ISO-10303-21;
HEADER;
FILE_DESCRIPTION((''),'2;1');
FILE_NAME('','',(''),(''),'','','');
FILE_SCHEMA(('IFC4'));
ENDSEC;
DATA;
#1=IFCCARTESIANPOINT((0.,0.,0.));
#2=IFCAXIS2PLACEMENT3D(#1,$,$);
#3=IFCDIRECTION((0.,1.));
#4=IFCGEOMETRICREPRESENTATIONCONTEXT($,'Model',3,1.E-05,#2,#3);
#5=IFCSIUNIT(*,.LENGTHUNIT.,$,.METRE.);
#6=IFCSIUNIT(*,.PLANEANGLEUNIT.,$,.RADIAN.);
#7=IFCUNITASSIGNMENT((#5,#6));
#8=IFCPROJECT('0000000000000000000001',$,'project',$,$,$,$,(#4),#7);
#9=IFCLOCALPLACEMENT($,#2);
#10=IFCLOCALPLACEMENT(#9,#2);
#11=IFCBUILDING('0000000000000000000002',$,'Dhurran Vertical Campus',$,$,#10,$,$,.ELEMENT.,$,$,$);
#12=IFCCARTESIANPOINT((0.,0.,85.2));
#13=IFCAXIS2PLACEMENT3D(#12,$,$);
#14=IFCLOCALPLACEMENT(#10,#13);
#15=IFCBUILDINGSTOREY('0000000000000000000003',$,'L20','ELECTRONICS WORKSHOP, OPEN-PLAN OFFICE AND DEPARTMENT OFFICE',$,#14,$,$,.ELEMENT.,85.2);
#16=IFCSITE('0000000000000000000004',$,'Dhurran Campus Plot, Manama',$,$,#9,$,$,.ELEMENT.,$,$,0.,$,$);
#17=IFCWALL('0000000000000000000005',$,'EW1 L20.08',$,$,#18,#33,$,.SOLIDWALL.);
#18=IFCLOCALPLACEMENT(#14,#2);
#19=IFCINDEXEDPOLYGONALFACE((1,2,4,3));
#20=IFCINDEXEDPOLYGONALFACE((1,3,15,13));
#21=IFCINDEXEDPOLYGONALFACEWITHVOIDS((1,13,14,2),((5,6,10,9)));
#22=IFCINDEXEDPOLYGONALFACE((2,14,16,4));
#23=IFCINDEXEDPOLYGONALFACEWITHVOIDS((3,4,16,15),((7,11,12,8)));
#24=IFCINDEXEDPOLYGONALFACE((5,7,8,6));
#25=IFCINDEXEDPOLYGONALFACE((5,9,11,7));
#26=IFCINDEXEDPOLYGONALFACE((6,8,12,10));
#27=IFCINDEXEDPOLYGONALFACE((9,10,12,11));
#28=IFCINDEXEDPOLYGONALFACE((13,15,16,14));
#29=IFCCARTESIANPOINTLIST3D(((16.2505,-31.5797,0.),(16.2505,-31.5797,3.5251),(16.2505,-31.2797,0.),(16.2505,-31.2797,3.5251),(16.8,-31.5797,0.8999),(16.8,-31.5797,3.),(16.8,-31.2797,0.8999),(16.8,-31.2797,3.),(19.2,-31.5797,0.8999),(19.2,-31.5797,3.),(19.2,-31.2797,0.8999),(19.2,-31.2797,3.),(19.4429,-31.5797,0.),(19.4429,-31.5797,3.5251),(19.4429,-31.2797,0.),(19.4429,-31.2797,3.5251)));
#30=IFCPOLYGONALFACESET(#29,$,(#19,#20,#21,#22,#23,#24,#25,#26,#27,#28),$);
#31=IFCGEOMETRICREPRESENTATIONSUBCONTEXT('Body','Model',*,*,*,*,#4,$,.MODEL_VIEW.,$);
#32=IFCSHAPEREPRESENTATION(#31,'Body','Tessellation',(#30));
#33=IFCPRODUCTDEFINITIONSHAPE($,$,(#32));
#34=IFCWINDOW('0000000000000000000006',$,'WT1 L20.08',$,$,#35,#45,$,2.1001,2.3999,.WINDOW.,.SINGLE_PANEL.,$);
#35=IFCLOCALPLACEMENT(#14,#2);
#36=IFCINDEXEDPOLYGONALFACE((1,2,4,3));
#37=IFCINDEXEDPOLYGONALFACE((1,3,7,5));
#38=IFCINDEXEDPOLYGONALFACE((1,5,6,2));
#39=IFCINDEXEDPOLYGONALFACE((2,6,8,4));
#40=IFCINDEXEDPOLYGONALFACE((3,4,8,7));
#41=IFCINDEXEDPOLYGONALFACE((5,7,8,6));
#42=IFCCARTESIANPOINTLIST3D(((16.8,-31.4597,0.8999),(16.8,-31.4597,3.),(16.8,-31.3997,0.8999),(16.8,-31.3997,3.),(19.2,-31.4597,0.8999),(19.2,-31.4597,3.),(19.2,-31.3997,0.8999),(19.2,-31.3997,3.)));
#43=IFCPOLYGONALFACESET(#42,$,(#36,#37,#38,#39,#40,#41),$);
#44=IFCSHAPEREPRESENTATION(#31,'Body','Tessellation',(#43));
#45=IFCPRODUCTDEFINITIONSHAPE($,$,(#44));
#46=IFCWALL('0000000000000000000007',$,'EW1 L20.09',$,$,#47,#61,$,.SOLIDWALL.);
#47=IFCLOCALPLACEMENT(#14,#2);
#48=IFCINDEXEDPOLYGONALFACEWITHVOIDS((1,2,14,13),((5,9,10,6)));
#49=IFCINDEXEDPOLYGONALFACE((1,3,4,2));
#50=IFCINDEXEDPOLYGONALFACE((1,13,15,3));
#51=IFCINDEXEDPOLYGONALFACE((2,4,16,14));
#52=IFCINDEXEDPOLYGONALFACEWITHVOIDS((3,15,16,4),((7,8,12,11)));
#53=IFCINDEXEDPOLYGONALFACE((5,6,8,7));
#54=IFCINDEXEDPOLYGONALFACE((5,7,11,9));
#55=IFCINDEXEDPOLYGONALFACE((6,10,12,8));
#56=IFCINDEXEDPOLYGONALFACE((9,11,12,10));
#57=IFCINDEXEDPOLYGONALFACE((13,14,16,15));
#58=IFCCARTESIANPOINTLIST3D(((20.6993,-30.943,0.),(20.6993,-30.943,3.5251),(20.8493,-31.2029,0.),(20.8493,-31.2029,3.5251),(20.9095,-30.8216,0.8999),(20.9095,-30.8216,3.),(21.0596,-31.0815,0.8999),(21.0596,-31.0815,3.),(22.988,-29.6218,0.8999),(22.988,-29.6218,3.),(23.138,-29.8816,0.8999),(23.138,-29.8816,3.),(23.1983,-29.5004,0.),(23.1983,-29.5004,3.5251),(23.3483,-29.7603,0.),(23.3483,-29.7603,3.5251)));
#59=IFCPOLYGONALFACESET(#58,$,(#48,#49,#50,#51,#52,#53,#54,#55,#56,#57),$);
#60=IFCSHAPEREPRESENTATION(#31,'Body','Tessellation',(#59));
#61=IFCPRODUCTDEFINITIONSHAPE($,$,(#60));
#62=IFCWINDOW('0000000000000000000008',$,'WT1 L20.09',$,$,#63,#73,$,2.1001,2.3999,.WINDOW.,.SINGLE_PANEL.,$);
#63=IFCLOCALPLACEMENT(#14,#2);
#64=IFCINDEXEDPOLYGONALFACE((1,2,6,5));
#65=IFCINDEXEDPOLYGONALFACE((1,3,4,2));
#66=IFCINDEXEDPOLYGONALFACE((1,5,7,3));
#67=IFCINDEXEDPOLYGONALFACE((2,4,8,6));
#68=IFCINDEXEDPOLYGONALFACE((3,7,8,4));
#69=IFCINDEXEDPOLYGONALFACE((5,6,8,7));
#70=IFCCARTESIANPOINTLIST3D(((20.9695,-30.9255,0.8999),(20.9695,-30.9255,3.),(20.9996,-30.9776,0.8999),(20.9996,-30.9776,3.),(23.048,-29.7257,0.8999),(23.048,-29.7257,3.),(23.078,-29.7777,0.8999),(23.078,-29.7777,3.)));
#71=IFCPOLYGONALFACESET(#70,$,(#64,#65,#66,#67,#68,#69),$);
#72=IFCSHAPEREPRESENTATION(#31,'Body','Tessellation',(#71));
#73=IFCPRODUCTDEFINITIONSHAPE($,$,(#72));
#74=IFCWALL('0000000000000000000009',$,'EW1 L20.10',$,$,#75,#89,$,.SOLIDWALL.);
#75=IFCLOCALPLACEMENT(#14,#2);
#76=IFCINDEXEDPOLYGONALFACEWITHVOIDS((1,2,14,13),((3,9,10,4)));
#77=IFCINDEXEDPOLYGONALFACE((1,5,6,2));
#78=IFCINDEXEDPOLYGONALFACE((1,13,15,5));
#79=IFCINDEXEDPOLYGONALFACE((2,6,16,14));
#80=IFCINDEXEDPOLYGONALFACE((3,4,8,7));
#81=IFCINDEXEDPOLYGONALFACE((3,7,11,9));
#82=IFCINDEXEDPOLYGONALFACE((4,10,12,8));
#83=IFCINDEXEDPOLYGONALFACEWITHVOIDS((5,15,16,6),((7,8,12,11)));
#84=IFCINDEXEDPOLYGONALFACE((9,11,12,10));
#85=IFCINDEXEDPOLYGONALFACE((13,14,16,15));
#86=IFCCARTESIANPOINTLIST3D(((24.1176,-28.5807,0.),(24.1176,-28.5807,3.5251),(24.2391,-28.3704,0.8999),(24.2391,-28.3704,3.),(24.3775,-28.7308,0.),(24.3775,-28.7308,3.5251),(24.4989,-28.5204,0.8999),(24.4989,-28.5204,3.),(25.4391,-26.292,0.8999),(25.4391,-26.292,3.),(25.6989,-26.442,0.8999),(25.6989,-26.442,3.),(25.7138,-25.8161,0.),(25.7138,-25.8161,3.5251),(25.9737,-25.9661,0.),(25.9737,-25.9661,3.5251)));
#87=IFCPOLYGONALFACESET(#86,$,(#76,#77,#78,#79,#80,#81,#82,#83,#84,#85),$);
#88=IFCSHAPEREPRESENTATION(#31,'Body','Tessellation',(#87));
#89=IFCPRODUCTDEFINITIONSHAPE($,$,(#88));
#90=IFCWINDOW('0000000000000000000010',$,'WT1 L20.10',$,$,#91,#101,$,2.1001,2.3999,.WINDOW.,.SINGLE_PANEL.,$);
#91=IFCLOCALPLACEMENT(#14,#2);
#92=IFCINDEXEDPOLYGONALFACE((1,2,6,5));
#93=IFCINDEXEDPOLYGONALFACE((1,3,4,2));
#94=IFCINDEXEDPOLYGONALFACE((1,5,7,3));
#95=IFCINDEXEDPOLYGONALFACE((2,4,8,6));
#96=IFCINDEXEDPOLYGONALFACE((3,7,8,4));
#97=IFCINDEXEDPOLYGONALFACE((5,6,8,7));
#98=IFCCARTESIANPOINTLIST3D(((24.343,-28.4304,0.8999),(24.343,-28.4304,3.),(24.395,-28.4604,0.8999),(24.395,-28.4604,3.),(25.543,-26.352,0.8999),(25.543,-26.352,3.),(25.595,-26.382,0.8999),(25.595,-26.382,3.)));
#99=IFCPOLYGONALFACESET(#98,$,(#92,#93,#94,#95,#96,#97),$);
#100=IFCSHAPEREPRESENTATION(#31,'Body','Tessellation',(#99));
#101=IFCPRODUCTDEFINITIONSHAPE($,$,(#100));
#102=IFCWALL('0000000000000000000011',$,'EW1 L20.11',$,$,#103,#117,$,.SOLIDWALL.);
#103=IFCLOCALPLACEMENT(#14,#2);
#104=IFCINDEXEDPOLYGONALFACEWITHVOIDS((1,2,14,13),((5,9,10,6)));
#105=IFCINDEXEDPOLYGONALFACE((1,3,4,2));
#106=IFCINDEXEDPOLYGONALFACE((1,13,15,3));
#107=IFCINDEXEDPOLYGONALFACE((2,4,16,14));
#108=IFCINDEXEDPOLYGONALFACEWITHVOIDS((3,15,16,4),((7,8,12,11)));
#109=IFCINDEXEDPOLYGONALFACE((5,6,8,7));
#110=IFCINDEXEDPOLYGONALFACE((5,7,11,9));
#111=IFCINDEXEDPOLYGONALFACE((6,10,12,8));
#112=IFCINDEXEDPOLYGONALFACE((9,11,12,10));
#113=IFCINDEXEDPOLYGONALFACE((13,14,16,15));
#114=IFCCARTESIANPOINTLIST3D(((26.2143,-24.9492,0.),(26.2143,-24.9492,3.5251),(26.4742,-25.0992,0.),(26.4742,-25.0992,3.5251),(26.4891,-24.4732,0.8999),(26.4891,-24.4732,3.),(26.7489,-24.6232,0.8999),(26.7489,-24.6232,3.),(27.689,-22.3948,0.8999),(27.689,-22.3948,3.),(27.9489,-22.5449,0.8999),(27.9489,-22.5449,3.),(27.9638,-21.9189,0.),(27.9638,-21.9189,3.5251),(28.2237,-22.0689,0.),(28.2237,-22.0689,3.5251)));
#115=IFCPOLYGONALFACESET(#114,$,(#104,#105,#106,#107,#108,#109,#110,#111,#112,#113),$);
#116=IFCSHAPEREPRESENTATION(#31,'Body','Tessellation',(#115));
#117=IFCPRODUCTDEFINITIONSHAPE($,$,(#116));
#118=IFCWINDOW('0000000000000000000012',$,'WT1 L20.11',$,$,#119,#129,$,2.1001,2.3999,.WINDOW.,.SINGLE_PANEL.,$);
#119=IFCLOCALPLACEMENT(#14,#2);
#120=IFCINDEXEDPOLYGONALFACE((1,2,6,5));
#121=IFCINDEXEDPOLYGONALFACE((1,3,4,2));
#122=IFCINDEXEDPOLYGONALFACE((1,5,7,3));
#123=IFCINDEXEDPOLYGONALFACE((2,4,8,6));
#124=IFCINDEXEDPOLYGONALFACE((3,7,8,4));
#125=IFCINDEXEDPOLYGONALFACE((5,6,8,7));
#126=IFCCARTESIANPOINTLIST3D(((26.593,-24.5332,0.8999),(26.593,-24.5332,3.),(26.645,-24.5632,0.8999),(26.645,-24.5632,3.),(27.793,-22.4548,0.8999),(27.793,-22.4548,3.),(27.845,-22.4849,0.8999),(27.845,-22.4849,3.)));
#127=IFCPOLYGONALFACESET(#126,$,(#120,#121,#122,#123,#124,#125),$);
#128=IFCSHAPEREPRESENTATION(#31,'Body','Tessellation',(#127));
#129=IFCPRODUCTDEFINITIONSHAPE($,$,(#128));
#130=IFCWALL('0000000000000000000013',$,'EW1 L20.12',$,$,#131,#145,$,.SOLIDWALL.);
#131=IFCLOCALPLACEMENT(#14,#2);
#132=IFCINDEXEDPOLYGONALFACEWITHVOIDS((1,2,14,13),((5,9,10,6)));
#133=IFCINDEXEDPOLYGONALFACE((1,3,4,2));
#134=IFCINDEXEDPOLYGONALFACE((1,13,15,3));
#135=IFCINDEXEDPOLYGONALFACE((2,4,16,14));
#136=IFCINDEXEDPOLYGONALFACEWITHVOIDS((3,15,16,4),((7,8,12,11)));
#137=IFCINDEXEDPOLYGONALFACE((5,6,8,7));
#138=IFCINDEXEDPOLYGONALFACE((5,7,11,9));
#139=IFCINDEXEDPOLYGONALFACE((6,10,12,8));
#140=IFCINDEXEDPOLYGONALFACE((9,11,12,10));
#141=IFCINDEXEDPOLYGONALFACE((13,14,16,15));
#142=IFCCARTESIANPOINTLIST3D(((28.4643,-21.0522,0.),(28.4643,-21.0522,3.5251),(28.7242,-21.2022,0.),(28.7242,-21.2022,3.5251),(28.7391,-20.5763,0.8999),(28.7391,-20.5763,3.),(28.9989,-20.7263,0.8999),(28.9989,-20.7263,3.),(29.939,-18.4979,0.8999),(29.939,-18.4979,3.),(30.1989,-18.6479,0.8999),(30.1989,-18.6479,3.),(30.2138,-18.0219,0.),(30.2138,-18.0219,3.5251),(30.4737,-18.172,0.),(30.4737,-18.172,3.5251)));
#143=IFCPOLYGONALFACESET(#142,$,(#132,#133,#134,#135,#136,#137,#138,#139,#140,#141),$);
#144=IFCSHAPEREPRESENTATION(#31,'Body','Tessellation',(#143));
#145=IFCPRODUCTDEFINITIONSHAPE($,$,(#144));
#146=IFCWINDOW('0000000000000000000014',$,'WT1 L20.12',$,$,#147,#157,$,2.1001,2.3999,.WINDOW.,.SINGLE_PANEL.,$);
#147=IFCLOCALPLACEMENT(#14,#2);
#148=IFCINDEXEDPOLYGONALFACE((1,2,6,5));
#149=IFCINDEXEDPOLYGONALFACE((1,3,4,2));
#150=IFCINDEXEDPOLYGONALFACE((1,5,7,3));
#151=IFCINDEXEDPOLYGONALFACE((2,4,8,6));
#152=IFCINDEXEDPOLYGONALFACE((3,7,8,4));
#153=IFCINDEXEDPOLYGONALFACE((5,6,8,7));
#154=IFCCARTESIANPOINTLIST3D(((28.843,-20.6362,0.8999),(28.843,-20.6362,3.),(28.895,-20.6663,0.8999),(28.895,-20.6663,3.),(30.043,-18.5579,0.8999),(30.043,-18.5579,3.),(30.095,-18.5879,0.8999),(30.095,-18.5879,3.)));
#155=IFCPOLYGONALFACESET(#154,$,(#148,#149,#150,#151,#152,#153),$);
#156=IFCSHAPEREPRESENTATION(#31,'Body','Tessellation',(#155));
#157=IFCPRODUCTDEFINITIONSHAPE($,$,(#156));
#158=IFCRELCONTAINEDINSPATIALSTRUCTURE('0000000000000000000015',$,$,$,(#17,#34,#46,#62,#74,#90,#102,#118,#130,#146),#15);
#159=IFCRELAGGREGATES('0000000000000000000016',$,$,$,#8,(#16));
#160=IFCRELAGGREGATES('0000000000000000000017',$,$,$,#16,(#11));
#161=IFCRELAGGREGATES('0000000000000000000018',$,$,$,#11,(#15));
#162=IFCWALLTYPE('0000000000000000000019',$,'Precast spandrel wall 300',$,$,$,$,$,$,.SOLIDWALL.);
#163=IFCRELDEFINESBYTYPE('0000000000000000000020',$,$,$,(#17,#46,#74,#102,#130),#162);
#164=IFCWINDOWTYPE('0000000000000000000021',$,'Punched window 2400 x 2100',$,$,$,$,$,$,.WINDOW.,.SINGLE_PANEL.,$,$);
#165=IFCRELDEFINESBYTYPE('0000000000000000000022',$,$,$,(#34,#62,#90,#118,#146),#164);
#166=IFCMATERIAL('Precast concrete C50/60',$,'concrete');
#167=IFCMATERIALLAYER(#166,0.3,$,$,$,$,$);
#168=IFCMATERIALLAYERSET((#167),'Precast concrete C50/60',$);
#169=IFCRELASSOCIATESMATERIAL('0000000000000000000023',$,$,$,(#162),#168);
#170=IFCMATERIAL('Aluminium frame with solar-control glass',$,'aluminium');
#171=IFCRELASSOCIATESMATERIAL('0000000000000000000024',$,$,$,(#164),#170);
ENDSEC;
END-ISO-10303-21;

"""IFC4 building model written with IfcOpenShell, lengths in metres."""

from ifc_helpers import new_model, si_unit, direction, frame, frame_2d, origin, place, context, subcontext, project, spatial, rectangle, extrude, material, layer, layer_set, type_object, element, fill, save


model = new_model("IFC4")

# Units and contexts
model_context = context("Model", 3, precision=1e-05, world=origin(), true_north=direction((0.0, 1.0)))
body_context = subcontext(model_context, "Body", "Model", "MODEL_VIEW")
ifc_project = project(units=[si_unit("LENGTHUNIT", "METRE"), si_unit("PLANEANGLEUNIT", "RADIAN")], contexts=[model_context])

# Site, building, storey
site_placement = place(None, origin())
site = spatial("IfcSite", under=ifc_project, at=site_placement, Name="Dhurran Campus Plot, Manama", CompositionType="ELEMENT", RefElevation=0.0)
building_placement = place(site_placement, origin())
building = spatial("IfcBuilding", under=site, at=building_placement, Name="Dhurran Vertical Campus", CompositionType="ELEMENT")
storey_placement = place(building_placement, frame((0.0, 0.0, 85.2)))
storey = spatial("IfcBuildingStorey", under=building, at=storey_placement, Name="L20", Description="ELECTRONICS WORKSHOP, OPEN-PLAN OFFICE AND DEPARTMENT OFFICE", CompositionType="ELEMENT", Elevation=85.2)

# Walls, openings, windows
ifc_material_1 = material(Name="Precast concrete C50/60", Category="concrete")
ifc_layer_1 = layer(ifc_material_1, 0.3)
ifc_layer_set_1 = layer_set([ifc_layer_1], Name="Precast concrete C50/60")
wall_type_1 = type_object("IfcWallType", Name="Precast spandrel wall 300", PredefinedType="SOLIDWALL", material=ifc_layer_set_1)
wall_1_placement = place(storey_placement, frame((16.2505, -31.4297, 0.0), z_axis=(0.0, 0.0, 1.0), x_axis=(1.0, 0.0, 0.0)))
wall_1 = element("IfcWall", 1, at=wall_1_placement, inside=storey, type_object=wall_type_1, Name="EW1 L20.08", PredefinedType="SOLIDWALL", context=body_context, shape_type="SweptSolid", body=[
    extrude(rectangle(XDim=3.1924, YDim=0.3, at=frame_2d((1.5962, 0.0))), origin(), (0.0, 0.0, 1.0), 3.5251),
])
opening_1_placement = place(wall_1_placement, frame((0.5496, 0.0, 0.8999)))
opening_1 = element("IfcOpeningElement", 2, at=opening_1_placement, cuts=wall_1, PredefinedType="OPENING", context=body_context, shape_type="SweptSolid", body=[
    extrude(rectangle(XDim=2.3999, YDim=2.1001, at=frame_2d((1.2, 1.05))), frame((0.0, 0.1599, 0.0), z_axis=(0.0, -1.0, 0.0), x_axis=(1.0, 0.0, 0.0)), (0.0, 0.0, 1.0), 0.3201),
])
ifc_material_2 = material(Name="Aluminium frame with solar-control glass", Category="aluminium")
window_type = type_object("IfcWindowType", Name="Punched window 2400 x 2100", PartitioningType="SINGLE_PANEL", PredefinedType="WINDOW", material=ifc_material_2)
window_1_placement = place(opening_1_placement, origin())
window_1 = element("IfcWindow", 3, at=window_1_placement, inside=storey, type_object=window_type, Name="WT1 L20.08", OverallHeight=2.1001, OverallWidth=2.3999, PartitioningType="SINGLE_PANEL", PredefinedType="WINDOW", context=body_context, shape_type="SweptSolid", body=[
    extrude(rectangle(XDim=2.3999, YDim=2.1001, at=frame_2d((1.2, 1.05))), frame((0.0, 0.03, 0.0), z_axis=(0.0, -1.0, 0.0), x_axis=(1.0, 0.0, 0.0)), (0.0, 0.0, 1.0), 0.0601),
])
fill(opening_1, window_1)
wall_2_placement = place(storey_placement, frame((20.7742, -31.073, 0.0), z_axis=(0.0, 0.0, 1.0), x_axis=(0.866053, 0.499952, 0.0)))
wall_2 = element("IfcWall", 4, at=wall_2_placement, inside=storey, type_object=wall_type_1, Name="EW1 L20.09", PredefinedType="SOLIDWALL", context=body_context, shape_type="SweptSolid", body=[
    extrude(rectangle(XDim=2.8855, YDim=0.3, at=frame_2d((1.4429, 0.0))), origin(), (0.0, 0.0, 1.0), 3.5251),
])
opening_2_placement = place(wall_2_placement, frame((0.2429, 0.0, 0.8999)))
opening_2 = element("IfcOpeningElement", 5, at=opening_2_placement, cuts=wall_2, PredefinedType="OPENING", context=body_context, shape_type="SweptSolid", body=[
    extrude(rectangle(XDim=2.3999, YDim=2.1001, at=frame_2d((1.2, 1.05))), frame((0.0, 0.1599, 0.0), z_axis=(0.0, -1.0, 0.0), x_axis=(1.0, 0.0, 0.0)), (0.0, 0.0, 1.0), 0.3201),
])
window_2_placement = place(opening_2_placement, origin())
window_2 = element("IfcWindow", 6, at=window_2_placement, inside=storey, type_object=window_type, Name="WT1 L20.09", OverallHeight=2.1001, OverallWidth=2.3999, PartitioningType="SINGLE_PANEL", PredefinedType="WINDOW", context=body_context, shape_type="SweptSolid", body=[
    extrude(rectangle(XDim=2.3999, YDim=2.1001, at=frame_2d((1.2, 1.05))), frame((0.0, 0.03, 0.0), z_axis=(0.0, -1.0, 0.0), x_axis=(1.0, 0.0, 0.0)), (0.0, 0.0, 1.0), 0.0601),
])
fill(opening_2, window_2)
wall_3_placement = place(storey_placement, frame((24.2476, -28.6558, 0.0), z_axis=(0.0, 0.0, 1.0), x_axis=(0.500005, 0.866023, 0.0)))
wall_3 = element("IfcWall", 7, at=wall_3_placement, inside=storey, type_object=wall_type_1, Name="EW1 L20.10", PredefinedType="SOLIDWALL", context=body_context, shape_type="SweptSolid", body=[
    extrude(rectangle(XDim=3.1924, YDim=0.3, at=frame_2d((1.5962, 0.0))), origin(), (0.0, 0.0, 1.0), 3.5251),
])
opening_3_placement = place(wall_3_placement, frame((0.2429, 0.0, 0.8999)))
opening_3 = element("IfcOpeningElement", 8, at=opening_3_placement, cuts=wall_3, PredefinedType="OPENING", context=body_context, shape_type="SweptSolid", body=[
    extrude(rectangle(XDim=2.3999, YDim=2.1001, at=frame_2d((1.2, 1.05))), frame((0.0, 0.1599, 0.0), z_axis=(0.0, -1.0, 0.0), x_axis=(1.0, 0.0, 0.0)), (0.0, 0.0, 1.0), 0.3201),
])
window_3_placement = place(opening_3_placement, origin())
window_3 = element("IfcWindow", 9, at=window_3_placement, inside=storey, type_object=window_type, Name="WT1 L20.10", OverallHeight=2.1001, OverallWidth=2.3999, PartitioningType="SINGLE_PANEL", PredefinedType="WINDOW", context=body_context, shape_type="SweptSolid", body=[
    extrude(rectangle(XDim=2.3999, YDim=2.1001, at=frame_2d((1.2, 1.05))), frame((0.0, 0.03, 0.0), z_axis=(0.0, -1.0, 0.0), x_axis=(1.0, 0.0, 0.0)), (0.0, 0.0, 1.0), 0.0601),
])
fill(opening_3, window_3)
wall_4_placement = place(storey_placement, frame((26.3442, -25.0242, 0.0), z_axis=(0.0, 0.0, 1.0), x_axis=(0.499996, 0.866028, 0.0)))
wall_4 = element("IfcWall", 10, at=wall_4_placement, inside=storey, type_object=wall_type_1, Name="EW1 L20.11", PredefinedType="SOLIDWALL", context=body_context, shape_type="SweptSolid", body=[
    extrude(rectangle(XDim=3.499, YDim=0.3, at=frame_2d((1.7495, 0.0))), origin(), (0.0, 0.0, 1.0), 3.5251),
])
opening_4_placement = place(wall_4_placement, frame((0.5496, 0.0, 0.8999)))
opening_4 = element("IfcOpeningElement", 11, at=opening_4_placement, cuts=wall_4, PredefinedType="OPENING", context=body_context, shape_type="SweptSolid", body=[
    extrude(rectangle(XDim=2.3999, YDim=2.1001, at=frame_2d((1.2, 1.05))), frame((0.0, 0.1599, 0.0), z_axis=(0.0, -1.0, 0.0), x_axis=(1.0, 0.0, 0.0)), (0.0, 0.0, 1.0), 0.3201),
])
window_4_placement = place(opening_4_placement, origin())
window_4 = element("IfcWindow", 12, at=window_4_placement, inside=storey, type_object=window_type, Name="WT1 L20.11", OverallHeight=2.1001, OverallWidth=2.3999, PartitioningType="SINGLE_PANEL", PredefinedType="WINDOW", context=body_context, shape_type="SweptSolid", body=[
    extrude(rectangle(XDim=2.3999, YDim=2.1001, at=frame_2d((1.2, 1.05))), frame((0.0, 0.03, 0.0), z_axis=(0.0, -1.0, 0.0), x_axis=(1.0, 0.0, 0.0)), (0.0, 0.0, 1.0), 0.0601),
])
fill(opening_4, window_4)
wall_5_placement = place(storey_placement, frame((28.5942, -21.1272, 0.0), z_axis=(0.0, 0.0, 1.0), x_axis=(0.499996, 0.866028, 0.0)))
wall_5 = element("IfcWall", 13, at=wall_5_placement, inside=storey, type_object=wall_type_1, Name="EW1 L20.12", PredefinedType="SOLIDWALL", context=body_context, shape_type="SweptSolid", body=[
    extrude(rectangle(XDim=3.499, YDim=0.3, at=frame_2d((1.7495, 0.0))), origin(), (0.0, 0.0, 1.0), 3.5251),
])
opening_5_placement = place(wall_5_placement, frame((0.5496, 0.0, 0.8999)))
opening_5 = element("IfcOpeningElement", 14, at=opening_5_placement, cuts=wall_5, PredefinedType="OPENING", context=body_context, shape_type="SweptSolid", body=[
    extrude(rectangle(XDim=2.3999, YDim=2.1001, at=frame_2d((1.2, 1.05))), frame((0.0, 0.1599, 0.0), z_axis=(0.0, -1.0, 0.0), x_axis=(1.0, 0.0, 0.0)), (0.0, 0.0, 1.0), 0.3201),
])
window_5_placement = place(opening_5_placement, origin())
window_5 = element("IfcWindow", 15, at=window_5_placement, inside=storey, type_object=window_type, Name="WT1 L20.12", OverallHeight=2.1001, OverallWidth=2.3999, PartitioningType="SINGLE_PANEL", PredefinedType="WINDOW", context=body_context, shape_type="SweptSolid", body=[
    extrude(rectangle(XDim=2.3999, YDim=2.1001, at=frame_2d((1.2, 1.05))), frame((0.0, 0.03, 0.0), z_axis=(0.0, -1.0, 0.0), x_axis=(1.0, 0.0, 0.0)), (0.0, 0.0, 1.0), 0.0601),
])
fill(opening_5, window_5)

save(model, "model.ifc")
